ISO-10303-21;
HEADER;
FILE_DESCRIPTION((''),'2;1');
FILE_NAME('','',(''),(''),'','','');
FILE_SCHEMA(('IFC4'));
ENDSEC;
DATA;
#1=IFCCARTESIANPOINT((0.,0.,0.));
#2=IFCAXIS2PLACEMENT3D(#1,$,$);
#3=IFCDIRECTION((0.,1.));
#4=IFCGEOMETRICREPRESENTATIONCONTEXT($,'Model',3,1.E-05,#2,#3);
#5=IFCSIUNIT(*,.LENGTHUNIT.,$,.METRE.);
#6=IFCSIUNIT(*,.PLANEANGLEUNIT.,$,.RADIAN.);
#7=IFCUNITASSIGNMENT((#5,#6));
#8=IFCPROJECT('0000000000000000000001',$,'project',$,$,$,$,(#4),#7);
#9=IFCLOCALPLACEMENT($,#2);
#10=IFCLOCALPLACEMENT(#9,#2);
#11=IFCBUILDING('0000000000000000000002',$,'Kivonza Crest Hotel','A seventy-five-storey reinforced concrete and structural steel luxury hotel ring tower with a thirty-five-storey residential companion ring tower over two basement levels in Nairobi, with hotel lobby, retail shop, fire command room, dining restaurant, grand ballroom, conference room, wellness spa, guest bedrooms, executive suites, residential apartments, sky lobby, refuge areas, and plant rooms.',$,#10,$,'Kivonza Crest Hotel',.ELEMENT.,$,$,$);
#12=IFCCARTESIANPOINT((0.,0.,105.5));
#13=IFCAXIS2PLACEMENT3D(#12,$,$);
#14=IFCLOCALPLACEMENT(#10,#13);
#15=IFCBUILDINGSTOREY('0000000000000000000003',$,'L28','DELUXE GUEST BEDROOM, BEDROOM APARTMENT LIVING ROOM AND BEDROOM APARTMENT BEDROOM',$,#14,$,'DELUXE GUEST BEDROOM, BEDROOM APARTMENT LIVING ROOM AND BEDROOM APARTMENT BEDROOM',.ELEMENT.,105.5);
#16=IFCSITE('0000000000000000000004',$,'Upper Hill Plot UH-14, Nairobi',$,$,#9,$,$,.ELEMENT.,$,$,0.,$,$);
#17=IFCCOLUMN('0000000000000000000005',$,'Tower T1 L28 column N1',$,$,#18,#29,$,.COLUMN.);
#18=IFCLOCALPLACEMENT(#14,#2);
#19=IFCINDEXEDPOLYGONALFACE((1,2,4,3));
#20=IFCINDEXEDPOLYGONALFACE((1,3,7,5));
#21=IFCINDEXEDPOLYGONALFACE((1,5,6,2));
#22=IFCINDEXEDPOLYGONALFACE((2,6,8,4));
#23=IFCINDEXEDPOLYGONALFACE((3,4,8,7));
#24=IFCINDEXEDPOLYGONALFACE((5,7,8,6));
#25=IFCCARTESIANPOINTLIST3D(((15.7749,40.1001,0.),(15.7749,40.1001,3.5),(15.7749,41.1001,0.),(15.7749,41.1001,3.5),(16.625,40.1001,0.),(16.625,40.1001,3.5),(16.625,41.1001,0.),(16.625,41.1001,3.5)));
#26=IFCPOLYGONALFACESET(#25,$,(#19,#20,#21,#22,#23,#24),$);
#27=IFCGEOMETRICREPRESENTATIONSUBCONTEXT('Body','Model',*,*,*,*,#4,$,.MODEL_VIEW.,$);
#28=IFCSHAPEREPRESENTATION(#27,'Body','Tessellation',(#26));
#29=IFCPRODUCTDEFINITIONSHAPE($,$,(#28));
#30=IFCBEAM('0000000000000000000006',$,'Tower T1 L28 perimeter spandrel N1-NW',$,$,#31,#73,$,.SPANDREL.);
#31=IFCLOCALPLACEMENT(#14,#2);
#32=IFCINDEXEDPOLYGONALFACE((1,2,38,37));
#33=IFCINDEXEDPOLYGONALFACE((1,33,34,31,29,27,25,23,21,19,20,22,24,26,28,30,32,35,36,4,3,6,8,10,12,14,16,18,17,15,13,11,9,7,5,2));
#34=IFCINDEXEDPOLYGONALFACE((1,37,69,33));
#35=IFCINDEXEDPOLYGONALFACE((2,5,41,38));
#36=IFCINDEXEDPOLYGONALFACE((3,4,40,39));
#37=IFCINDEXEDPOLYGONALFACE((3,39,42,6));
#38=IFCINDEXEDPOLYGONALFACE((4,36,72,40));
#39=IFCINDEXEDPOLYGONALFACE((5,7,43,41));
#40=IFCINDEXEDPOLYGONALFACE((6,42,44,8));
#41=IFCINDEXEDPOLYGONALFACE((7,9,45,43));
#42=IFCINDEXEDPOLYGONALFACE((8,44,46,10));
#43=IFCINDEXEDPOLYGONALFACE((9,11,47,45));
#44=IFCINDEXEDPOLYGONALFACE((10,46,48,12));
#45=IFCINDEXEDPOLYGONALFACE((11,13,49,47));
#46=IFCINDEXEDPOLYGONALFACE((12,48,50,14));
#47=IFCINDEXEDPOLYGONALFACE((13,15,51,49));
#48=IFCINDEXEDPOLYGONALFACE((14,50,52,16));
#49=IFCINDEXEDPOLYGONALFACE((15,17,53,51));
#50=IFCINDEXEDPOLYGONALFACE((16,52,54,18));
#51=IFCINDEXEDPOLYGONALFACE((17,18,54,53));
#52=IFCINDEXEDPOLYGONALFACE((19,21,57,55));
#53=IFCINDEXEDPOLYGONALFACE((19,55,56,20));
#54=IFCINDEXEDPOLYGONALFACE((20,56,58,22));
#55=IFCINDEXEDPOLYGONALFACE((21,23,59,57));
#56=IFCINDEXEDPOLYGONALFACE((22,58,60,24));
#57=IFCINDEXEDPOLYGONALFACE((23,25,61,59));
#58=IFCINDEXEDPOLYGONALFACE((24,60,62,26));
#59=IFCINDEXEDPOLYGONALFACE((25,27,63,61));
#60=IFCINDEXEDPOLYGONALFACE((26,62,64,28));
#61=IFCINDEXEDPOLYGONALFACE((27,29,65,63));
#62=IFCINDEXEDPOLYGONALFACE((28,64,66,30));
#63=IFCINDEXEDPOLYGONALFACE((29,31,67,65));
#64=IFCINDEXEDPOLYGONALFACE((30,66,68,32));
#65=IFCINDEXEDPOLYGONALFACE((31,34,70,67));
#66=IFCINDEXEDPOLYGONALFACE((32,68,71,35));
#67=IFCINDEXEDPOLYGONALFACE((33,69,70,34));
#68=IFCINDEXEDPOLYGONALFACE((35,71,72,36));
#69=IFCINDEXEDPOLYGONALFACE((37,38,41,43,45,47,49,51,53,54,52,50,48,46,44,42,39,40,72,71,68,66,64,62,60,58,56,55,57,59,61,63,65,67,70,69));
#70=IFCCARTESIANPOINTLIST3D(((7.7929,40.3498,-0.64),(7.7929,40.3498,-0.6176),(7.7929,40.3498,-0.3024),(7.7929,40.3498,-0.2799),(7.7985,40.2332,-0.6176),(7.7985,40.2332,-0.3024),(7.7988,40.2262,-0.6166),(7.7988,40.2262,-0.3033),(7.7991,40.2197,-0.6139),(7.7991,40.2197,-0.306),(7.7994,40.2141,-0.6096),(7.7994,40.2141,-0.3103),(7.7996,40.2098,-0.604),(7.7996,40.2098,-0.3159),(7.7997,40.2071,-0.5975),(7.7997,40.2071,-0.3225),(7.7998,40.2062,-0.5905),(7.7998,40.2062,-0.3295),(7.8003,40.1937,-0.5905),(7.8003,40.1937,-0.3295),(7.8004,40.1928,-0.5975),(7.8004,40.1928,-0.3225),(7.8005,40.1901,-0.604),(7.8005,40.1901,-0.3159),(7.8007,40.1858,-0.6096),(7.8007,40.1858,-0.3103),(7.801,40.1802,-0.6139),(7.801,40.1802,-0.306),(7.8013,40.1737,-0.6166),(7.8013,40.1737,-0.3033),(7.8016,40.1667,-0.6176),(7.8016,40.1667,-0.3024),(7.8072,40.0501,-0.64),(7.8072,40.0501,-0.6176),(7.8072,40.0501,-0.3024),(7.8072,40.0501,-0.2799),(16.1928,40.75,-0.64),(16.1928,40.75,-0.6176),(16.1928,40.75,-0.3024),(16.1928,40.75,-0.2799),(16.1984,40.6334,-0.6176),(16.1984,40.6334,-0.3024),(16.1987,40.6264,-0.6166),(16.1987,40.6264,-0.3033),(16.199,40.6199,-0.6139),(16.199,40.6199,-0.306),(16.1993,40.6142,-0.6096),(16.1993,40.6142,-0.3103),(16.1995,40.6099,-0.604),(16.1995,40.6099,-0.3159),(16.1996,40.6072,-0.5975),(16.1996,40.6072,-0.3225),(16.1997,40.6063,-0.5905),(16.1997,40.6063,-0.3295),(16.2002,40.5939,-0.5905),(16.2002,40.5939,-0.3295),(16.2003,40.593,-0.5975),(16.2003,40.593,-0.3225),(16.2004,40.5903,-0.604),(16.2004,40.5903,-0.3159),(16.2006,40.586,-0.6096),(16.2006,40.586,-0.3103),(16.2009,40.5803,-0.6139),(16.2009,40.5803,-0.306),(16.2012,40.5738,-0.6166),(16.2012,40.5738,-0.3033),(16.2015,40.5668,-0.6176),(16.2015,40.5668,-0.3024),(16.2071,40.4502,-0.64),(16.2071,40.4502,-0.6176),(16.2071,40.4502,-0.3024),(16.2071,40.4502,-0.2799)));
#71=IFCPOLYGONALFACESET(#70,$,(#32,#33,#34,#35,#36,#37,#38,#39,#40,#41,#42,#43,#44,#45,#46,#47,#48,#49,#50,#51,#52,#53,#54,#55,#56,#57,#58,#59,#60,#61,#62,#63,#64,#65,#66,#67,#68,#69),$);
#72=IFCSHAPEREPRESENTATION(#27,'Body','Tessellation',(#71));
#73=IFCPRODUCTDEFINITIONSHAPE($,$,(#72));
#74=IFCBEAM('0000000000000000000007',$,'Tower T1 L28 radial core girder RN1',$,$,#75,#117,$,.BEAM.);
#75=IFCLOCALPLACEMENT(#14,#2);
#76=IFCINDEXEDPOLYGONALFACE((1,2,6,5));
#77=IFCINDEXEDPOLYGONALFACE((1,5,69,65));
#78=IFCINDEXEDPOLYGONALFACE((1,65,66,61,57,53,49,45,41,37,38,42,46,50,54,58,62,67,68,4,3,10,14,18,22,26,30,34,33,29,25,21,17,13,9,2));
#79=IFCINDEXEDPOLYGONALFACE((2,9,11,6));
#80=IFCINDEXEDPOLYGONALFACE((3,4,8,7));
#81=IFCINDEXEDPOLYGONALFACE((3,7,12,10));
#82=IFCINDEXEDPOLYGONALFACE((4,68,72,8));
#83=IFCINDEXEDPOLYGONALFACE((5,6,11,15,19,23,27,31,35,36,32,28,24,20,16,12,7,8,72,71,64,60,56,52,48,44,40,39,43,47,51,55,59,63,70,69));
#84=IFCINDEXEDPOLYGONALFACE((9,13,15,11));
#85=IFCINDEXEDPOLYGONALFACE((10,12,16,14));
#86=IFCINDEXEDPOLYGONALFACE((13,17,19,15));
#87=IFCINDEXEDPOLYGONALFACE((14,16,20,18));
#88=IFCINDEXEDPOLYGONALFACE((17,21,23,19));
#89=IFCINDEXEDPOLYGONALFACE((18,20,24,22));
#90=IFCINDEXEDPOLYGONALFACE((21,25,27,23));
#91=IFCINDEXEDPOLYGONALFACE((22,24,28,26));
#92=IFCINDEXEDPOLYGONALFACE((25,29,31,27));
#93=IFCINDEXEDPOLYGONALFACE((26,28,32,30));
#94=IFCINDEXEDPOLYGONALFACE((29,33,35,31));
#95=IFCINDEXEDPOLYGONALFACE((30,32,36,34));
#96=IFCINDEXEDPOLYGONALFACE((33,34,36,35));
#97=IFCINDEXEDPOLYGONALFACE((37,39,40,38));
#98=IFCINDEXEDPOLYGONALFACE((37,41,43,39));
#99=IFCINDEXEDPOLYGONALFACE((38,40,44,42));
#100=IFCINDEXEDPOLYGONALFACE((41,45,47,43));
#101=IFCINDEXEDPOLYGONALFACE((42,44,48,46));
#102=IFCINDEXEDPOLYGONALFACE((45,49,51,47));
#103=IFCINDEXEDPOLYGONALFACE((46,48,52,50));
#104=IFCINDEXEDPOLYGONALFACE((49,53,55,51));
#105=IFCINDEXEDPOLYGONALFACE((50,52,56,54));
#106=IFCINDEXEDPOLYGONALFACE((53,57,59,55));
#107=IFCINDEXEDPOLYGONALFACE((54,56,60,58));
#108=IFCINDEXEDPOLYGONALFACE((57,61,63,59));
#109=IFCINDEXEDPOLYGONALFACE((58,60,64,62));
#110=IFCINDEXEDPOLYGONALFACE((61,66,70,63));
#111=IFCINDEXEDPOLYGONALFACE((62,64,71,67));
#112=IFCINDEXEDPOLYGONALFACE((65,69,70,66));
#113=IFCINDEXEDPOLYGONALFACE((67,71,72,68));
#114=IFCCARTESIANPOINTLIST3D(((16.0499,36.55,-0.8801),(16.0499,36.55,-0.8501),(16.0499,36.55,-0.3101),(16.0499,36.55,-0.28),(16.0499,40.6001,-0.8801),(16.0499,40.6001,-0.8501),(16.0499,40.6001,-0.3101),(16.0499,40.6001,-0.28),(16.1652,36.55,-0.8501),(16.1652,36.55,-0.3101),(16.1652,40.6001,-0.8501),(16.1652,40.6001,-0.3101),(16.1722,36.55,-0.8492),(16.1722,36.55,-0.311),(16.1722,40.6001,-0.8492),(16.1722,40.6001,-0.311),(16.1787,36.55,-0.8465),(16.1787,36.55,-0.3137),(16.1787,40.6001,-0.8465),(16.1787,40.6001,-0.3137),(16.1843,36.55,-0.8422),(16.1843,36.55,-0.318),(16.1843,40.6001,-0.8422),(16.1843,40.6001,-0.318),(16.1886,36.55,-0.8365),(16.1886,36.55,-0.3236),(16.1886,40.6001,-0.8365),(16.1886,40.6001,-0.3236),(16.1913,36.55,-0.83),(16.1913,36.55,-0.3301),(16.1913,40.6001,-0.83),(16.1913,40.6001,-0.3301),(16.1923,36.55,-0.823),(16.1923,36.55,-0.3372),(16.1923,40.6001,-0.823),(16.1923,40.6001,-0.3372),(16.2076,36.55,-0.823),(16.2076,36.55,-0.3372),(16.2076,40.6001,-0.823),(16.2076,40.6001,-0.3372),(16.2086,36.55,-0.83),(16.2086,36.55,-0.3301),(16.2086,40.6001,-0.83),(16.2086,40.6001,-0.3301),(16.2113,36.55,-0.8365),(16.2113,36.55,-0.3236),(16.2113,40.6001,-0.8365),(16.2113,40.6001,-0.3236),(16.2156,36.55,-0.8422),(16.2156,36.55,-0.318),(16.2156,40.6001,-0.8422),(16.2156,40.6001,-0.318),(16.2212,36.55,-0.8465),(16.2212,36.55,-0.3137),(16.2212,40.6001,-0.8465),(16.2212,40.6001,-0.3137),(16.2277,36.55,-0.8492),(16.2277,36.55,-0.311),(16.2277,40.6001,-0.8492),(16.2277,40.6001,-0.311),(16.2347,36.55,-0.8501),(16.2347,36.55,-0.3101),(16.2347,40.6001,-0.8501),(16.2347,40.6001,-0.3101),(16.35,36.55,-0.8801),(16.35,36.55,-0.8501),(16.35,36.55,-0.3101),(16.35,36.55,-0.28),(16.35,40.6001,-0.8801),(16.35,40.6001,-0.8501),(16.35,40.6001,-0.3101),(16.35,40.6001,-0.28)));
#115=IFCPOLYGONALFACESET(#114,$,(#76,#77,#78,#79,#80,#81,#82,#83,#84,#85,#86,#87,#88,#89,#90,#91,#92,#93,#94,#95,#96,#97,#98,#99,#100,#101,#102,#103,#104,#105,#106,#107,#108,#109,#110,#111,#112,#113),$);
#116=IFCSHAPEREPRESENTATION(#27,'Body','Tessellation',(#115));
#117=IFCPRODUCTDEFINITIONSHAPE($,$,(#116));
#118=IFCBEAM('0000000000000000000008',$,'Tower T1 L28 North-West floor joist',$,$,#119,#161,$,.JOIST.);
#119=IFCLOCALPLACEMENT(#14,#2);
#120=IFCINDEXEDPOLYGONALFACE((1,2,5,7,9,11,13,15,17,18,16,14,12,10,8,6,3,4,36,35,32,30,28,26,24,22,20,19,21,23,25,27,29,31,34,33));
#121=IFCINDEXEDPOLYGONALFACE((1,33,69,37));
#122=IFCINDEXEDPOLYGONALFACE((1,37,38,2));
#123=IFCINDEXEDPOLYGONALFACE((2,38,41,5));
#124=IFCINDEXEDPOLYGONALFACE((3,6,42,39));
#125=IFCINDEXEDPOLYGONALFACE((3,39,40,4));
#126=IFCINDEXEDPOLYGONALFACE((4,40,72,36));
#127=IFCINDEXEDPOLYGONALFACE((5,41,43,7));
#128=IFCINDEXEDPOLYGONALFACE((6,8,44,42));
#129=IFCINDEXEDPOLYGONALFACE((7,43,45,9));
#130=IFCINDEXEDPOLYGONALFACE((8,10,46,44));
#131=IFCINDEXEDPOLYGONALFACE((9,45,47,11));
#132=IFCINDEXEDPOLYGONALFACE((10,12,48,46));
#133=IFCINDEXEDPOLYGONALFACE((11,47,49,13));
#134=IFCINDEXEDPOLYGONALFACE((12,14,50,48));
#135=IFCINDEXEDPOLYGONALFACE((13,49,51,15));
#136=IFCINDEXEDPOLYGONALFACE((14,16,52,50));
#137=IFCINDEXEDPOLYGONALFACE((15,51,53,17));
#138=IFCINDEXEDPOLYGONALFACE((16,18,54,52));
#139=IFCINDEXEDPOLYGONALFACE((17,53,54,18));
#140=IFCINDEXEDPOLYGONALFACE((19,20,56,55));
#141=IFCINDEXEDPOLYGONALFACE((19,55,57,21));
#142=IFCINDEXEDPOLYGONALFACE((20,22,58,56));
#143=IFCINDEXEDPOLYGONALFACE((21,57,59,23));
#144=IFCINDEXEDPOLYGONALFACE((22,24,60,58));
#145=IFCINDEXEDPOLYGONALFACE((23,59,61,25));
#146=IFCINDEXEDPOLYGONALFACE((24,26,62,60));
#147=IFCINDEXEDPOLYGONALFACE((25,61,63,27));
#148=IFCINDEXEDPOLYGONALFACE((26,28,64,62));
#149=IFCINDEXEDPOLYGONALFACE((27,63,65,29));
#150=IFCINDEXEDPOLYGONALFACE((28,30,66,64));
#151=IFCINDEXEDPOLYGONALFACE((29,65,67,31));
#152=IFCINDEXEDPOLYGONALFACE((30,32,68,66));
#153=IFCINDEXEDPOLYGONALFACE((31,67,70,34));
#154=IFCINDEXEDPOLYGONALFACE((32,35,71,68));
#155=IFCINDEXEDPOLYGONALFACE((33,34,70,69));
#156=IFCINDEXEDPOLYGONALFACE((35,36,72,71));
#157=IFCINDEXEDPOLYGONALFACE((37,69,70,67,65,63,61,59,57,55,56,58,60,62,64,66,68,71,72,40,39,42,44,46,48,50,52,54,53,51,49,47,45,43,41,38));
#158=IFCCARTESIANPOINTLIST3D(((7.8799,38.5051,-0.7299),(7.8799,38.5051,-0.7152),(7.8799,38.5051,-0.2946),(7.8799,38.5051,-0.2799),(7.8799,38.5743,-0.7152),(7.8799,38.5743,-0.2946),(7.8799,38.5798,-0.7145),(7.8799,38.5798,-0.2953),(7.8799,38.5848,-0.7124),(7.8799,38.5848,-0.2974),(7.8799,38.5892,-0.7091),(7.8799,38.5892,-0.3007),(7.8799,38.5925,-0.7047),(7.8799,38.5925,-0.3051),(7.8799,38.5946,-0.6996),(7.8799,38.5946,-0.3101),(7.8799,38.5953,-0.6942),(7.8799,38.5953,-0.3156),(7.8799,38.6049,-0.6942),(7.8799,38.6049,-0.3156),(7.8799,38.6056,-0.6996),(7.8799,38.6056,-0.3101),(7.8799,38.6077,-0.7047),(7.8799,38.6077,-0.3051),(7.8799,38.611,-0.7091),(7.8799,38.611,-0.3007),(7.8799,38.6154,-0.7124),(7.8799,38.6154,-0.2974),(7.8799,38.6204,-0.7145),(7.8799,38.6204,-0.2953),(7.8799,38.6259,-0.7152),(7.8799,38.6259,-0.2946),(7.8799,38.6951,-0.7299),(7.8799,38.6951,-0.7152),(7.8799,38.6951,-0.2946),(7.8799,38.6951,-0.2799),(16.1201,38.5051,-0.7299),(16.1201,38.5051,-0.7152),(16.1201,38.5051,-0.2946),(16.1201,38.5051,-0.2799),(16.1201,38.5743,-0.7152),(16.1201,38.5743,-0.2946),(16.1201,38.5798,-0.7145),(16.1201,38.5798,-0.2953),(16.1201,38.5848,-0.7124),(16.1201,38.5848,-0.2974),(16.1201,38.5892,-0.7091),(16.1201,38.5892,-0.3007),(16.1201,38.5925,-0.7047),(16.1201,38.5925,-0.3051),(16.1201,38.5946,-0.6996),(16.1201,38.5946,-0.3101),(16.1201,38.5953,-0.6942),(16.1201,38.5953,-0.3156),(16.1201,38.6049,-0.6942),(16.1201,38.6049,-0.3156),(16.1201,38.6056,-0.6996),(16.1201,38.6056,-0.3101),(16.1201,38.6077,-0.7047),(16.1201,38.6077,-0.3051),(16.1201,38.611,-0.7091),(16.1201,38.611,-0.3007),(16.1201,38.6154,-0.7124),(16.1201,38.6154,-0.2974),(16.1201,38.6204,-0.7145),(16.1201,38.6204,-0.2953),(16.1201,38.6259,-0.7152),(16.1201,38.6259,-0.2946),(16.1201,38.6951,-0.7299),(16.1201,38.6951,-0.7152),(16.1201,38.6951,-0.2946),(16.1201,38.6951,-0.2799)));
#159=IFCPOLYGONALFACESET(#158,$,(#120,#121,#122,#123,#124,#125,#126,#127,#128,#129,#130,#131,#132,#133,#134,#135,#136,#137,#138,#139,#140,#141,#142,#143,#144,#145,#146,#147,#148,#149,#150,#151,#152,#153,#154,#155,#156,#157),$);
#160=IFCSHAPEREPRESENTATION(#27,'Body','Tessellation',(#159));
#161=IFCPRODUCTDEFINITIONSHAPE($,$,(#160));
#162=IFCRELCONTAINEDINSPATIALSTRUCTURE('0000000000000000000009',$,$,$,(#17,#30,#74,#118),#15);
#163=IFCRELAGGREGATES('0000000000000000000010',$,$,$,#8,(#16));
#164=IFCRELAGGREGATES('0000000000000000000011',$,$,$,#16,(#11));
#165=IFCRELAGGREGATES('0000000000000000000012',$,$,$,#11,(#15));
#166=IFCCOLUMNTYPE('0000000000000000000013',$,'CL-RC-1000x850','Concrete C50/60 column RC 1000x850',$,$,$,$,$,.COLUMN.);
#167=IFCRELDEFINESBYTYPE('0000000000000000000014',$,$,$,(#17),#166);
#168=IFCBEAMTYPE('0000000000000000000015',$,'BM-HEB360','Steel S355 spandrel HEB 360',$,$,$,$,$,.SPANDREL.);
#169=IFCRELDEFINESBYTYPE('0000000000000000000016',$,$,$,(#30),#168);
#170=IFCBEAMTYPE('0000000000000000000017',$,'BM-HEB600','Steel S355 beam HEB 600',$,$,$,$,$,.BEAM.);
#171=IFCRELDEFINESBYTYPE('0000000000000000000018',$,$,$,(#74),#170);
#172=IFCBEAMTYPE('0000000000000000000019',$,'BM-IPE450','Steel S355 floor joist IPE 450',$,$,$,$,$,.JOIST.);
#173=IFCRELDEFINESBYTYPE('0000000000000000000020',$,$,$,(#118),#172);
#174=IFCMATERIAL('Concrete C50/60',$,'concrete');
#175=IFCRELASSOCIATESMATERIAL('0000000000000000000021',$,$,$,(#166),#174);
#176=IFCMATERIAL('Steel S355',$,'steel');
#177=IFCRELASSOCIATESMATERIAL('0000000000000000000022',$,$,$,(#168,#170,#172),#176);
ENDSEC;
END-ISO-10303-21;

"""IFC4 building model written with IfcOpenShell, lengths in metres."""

from ifc_helpers import new_model, si_unit, direction, frame, origin, origin_2d, place, context, subcontext, project, spatial, rectangle, i_section, extrude, material, material_profile, profile_set, type_object, element, save


model = new_model("IFC4")

# Units and contexts
model_context = context("Model", 3, precision=1e-05, world=origin(), true_north=direction((0.0, 1.0)))
body_context = subcontext(model_context, "Body", "Model", "MODEL_VIEW")
ifc_project = project(units=[si_unit("LENGTHUNIT", "METRE"), si_unit("PLANEANGLEUNIT", "RADIAN")], contexts=[model_context])

# Site, building, storey
site_placement = place(None, origin())
site = spatial("IfcSite", under=ifc_project, at=site_placement, Name="Upper Hill Plot UH-14, Nairobi", CompositionType="ELEMENT", RefElevation=0.0)
building_placement = place(site_placement, origin())
building = spatial("IfcBuilding", under=site, at=building_placement, Name="Kivonza Crest Hotel", Description="A seventy-five-storey reinforced concrete and structural steel luxury hotel ring tower with a thirty-five-storey residential companion ring tower over two basement levels in Nairobi, with hotel lobby, retail shop, fire command room, dining restaurant, grand ballroom, conference room, wellness spa, guest bedrooms, executive suites, residential apartments, sky lobby, refuge areas, and plant rooms.", LongName="Kivonza Crest Hotel", CompositionType="ELEMENT")
storey_placement = place(building_placement, frame((0.0, 0.0, 105.5)))
storey = spatial("IfcBuildingStorey", under=building, at=storey_placement, Name="L28", Description="DELUXE GUEST BEDROOM, BEDROOM APARTMENT LIVING ROOM AND BEDROOM APARTMENT BEDROOM", LongName="DELUXE GUEST BEDROOM, BEDROOM APARTMENT LIVING ROOM AND BEDROOM APARTMENT BEDROOM", CompositionType="ELEMENT", Elevation=105.5)

# Column
ifc_material_1 = material(Name="Concrete C50/60", Category="concrete")
ifc_material_profile_1 = material_profile(ifc_material_1, rectangle(XDim=0.8501, YDim=1.0, at=origin_2d()), Name="RC 1000x850")
ifc_profile_set_1 = profile_set([ifc_material_profile_1], Name="Concrete C50/60")
column_type = type_object("IfcColumnType", Name="CL-RC-1000x850", Description="Concrete C50/60 column RC 1000x850", PredefinedType="COLUMN", material=ifc_profile_set_1)
column_placement = place(storey_placement, frame((16.2, 40.6001, 0.0), z_axis=(0.0, 0.0, 1.0), x_axis=(1.0, 0.0, 0.0)))
element("IfcColumn", 1, at=column_placement, inside=storey, type_object=column_type, Name="Tower T1 L28 column N1", PredefinedType="COLUMN", context=body_context, shape_type="SweptSolid", body=[
    extrude(rectangle(XDim=0.8501, YDim=1.0, at=origin_2d()), origin(), (0.0, 0.0, 1.0), 3.5),
])

# Beams
ifc_material_2 = material(Name="Steel S355", Category="steel")
ifc_material_profile_2 = material_profile(ifc_material_2, i_section(OverallWidth=0.3, OverallDepth=0.3601, WebThickness=0.0125, FlangeThickness=0.0225, FilletRadius=0.0271, at=origin_2d()), Name="HEB 360")
ifc_profile_set_2 = profile_set([ifc_material_profile_2], Name="Steel S355")
beam_type_1 = type_object("IfcBeamType", Name="BM-HEB360", Description="Steel S355 spandrel HEB 360", PredefinedType="SPANDREL", material=ifc_profile_set_2)
beam_1_placement = place(storey_placement, frame((16.2, 40.6001, -0.46), z_axis=(-0.998867, -0.047583, 0.0), x_axis=(0.047583, -0.998867, 0.0)))
element("IfcBeam", 2, at=beam_1_placement, inside=storey, type_object=beam_type_1, Name="Tower T1 L28 perimeter spandrel N1-NW", PredefinedType="SPANDREL", context=body_context, shape_type="SweptSolid", body=[
    extrude(i_section(OverallWidth=0.3, OverallDepth=0.3601, WebThickness=0.0125, FlangeThickness=0.0225, FilletRadius=0.0271, at=origin_2d()), origin(), (0.0, 0.0, 1.0), 8.4094),
])
ifc_material_profile_3 = material_profile(ifc_material_2, i_section(OverallWidth=0.3, OverallDepth=0.6001, WebThickness=0.0154, FlangeThickness=0.03, FilletRadius=0.0271, at=origin_2d()), Name="HEB 600")
ifc_profile_set_3 = profile_set([ifc_material_profile_3], Name="Steel S355")
beam_type_2 = type_object("IfcBeamType", Name="BM-HEB600", Description="Steel S355 beam HEB 600", PredefinedType="BEAM", material=ifc_profile_set_3)
beam_2_placement = place(storey_placement, frame((16.2, 40.6001, -0.5801), z_axis=(0.0, -1.0, 0.0), x_axis=(1.0, 0.0, 0.0)))
element("IfcBeam", 3, at=beam_2_placement, inside=storey, type_object=beam_type_2, Name="Tower T1 L28 radial core girder RN1", PredefinedType="BEAM", context=body_context, shape_type="SweptSolid", body=[
    extrude(i_section(OverallWidth=0.3, OverallDepth=0.6001, WebThickness=0.0154, FlangeThickness=0.03, FilletRadius=0.0271, at=origin_2d()), origin(), (0.0, 0.0, 1.0), 4.05),
])
ifc_material_profile_4 = material_profile(ifc_material_2, i_section(OverallWidth=0.1899, OverallDepth=0.45, WebThickness=0.0095, FlangeThickness=0.0146, FilletRadius=0.021, at=origin_2d()), Name="IPE 450")
ifc_profile_set_4 = profile_set([ifc_material_profile_4], Name="Steel S355")
beam_type_3 = type_object("IfcBeamType", Name="BM-IPE450", Description="Steel S355 floor joist IPE 450", PredefinedType="JOIST", material=ifc_profile_set_4)
beam_3_placement = place(storey_placement, frame((7.8799, 38.6001, -0.5049), z_axis=(1.0, 0.0, 0.0), x_axis=(0.0, 1.0, 0.0)))
element("IfcBeam", 4, at=beam_3_placement, inside=storey, type_object=beam_type_3, Name="Tower T1 L28 North-West floor joist", PredefinedType="JOIST", context=body_context, shape_type="SweptSolid", body=[
    extrude(i_section(OverallWidth=0.1899, OverallDepth=0.45, WebThickness=0.0095, FlangeThickness=0.0146, FilletRadius=0.021, at=origin_2d()), origin(), (0.0, 0.0, 1.0), 8.2402),
])

save(model, "model.ifc")
